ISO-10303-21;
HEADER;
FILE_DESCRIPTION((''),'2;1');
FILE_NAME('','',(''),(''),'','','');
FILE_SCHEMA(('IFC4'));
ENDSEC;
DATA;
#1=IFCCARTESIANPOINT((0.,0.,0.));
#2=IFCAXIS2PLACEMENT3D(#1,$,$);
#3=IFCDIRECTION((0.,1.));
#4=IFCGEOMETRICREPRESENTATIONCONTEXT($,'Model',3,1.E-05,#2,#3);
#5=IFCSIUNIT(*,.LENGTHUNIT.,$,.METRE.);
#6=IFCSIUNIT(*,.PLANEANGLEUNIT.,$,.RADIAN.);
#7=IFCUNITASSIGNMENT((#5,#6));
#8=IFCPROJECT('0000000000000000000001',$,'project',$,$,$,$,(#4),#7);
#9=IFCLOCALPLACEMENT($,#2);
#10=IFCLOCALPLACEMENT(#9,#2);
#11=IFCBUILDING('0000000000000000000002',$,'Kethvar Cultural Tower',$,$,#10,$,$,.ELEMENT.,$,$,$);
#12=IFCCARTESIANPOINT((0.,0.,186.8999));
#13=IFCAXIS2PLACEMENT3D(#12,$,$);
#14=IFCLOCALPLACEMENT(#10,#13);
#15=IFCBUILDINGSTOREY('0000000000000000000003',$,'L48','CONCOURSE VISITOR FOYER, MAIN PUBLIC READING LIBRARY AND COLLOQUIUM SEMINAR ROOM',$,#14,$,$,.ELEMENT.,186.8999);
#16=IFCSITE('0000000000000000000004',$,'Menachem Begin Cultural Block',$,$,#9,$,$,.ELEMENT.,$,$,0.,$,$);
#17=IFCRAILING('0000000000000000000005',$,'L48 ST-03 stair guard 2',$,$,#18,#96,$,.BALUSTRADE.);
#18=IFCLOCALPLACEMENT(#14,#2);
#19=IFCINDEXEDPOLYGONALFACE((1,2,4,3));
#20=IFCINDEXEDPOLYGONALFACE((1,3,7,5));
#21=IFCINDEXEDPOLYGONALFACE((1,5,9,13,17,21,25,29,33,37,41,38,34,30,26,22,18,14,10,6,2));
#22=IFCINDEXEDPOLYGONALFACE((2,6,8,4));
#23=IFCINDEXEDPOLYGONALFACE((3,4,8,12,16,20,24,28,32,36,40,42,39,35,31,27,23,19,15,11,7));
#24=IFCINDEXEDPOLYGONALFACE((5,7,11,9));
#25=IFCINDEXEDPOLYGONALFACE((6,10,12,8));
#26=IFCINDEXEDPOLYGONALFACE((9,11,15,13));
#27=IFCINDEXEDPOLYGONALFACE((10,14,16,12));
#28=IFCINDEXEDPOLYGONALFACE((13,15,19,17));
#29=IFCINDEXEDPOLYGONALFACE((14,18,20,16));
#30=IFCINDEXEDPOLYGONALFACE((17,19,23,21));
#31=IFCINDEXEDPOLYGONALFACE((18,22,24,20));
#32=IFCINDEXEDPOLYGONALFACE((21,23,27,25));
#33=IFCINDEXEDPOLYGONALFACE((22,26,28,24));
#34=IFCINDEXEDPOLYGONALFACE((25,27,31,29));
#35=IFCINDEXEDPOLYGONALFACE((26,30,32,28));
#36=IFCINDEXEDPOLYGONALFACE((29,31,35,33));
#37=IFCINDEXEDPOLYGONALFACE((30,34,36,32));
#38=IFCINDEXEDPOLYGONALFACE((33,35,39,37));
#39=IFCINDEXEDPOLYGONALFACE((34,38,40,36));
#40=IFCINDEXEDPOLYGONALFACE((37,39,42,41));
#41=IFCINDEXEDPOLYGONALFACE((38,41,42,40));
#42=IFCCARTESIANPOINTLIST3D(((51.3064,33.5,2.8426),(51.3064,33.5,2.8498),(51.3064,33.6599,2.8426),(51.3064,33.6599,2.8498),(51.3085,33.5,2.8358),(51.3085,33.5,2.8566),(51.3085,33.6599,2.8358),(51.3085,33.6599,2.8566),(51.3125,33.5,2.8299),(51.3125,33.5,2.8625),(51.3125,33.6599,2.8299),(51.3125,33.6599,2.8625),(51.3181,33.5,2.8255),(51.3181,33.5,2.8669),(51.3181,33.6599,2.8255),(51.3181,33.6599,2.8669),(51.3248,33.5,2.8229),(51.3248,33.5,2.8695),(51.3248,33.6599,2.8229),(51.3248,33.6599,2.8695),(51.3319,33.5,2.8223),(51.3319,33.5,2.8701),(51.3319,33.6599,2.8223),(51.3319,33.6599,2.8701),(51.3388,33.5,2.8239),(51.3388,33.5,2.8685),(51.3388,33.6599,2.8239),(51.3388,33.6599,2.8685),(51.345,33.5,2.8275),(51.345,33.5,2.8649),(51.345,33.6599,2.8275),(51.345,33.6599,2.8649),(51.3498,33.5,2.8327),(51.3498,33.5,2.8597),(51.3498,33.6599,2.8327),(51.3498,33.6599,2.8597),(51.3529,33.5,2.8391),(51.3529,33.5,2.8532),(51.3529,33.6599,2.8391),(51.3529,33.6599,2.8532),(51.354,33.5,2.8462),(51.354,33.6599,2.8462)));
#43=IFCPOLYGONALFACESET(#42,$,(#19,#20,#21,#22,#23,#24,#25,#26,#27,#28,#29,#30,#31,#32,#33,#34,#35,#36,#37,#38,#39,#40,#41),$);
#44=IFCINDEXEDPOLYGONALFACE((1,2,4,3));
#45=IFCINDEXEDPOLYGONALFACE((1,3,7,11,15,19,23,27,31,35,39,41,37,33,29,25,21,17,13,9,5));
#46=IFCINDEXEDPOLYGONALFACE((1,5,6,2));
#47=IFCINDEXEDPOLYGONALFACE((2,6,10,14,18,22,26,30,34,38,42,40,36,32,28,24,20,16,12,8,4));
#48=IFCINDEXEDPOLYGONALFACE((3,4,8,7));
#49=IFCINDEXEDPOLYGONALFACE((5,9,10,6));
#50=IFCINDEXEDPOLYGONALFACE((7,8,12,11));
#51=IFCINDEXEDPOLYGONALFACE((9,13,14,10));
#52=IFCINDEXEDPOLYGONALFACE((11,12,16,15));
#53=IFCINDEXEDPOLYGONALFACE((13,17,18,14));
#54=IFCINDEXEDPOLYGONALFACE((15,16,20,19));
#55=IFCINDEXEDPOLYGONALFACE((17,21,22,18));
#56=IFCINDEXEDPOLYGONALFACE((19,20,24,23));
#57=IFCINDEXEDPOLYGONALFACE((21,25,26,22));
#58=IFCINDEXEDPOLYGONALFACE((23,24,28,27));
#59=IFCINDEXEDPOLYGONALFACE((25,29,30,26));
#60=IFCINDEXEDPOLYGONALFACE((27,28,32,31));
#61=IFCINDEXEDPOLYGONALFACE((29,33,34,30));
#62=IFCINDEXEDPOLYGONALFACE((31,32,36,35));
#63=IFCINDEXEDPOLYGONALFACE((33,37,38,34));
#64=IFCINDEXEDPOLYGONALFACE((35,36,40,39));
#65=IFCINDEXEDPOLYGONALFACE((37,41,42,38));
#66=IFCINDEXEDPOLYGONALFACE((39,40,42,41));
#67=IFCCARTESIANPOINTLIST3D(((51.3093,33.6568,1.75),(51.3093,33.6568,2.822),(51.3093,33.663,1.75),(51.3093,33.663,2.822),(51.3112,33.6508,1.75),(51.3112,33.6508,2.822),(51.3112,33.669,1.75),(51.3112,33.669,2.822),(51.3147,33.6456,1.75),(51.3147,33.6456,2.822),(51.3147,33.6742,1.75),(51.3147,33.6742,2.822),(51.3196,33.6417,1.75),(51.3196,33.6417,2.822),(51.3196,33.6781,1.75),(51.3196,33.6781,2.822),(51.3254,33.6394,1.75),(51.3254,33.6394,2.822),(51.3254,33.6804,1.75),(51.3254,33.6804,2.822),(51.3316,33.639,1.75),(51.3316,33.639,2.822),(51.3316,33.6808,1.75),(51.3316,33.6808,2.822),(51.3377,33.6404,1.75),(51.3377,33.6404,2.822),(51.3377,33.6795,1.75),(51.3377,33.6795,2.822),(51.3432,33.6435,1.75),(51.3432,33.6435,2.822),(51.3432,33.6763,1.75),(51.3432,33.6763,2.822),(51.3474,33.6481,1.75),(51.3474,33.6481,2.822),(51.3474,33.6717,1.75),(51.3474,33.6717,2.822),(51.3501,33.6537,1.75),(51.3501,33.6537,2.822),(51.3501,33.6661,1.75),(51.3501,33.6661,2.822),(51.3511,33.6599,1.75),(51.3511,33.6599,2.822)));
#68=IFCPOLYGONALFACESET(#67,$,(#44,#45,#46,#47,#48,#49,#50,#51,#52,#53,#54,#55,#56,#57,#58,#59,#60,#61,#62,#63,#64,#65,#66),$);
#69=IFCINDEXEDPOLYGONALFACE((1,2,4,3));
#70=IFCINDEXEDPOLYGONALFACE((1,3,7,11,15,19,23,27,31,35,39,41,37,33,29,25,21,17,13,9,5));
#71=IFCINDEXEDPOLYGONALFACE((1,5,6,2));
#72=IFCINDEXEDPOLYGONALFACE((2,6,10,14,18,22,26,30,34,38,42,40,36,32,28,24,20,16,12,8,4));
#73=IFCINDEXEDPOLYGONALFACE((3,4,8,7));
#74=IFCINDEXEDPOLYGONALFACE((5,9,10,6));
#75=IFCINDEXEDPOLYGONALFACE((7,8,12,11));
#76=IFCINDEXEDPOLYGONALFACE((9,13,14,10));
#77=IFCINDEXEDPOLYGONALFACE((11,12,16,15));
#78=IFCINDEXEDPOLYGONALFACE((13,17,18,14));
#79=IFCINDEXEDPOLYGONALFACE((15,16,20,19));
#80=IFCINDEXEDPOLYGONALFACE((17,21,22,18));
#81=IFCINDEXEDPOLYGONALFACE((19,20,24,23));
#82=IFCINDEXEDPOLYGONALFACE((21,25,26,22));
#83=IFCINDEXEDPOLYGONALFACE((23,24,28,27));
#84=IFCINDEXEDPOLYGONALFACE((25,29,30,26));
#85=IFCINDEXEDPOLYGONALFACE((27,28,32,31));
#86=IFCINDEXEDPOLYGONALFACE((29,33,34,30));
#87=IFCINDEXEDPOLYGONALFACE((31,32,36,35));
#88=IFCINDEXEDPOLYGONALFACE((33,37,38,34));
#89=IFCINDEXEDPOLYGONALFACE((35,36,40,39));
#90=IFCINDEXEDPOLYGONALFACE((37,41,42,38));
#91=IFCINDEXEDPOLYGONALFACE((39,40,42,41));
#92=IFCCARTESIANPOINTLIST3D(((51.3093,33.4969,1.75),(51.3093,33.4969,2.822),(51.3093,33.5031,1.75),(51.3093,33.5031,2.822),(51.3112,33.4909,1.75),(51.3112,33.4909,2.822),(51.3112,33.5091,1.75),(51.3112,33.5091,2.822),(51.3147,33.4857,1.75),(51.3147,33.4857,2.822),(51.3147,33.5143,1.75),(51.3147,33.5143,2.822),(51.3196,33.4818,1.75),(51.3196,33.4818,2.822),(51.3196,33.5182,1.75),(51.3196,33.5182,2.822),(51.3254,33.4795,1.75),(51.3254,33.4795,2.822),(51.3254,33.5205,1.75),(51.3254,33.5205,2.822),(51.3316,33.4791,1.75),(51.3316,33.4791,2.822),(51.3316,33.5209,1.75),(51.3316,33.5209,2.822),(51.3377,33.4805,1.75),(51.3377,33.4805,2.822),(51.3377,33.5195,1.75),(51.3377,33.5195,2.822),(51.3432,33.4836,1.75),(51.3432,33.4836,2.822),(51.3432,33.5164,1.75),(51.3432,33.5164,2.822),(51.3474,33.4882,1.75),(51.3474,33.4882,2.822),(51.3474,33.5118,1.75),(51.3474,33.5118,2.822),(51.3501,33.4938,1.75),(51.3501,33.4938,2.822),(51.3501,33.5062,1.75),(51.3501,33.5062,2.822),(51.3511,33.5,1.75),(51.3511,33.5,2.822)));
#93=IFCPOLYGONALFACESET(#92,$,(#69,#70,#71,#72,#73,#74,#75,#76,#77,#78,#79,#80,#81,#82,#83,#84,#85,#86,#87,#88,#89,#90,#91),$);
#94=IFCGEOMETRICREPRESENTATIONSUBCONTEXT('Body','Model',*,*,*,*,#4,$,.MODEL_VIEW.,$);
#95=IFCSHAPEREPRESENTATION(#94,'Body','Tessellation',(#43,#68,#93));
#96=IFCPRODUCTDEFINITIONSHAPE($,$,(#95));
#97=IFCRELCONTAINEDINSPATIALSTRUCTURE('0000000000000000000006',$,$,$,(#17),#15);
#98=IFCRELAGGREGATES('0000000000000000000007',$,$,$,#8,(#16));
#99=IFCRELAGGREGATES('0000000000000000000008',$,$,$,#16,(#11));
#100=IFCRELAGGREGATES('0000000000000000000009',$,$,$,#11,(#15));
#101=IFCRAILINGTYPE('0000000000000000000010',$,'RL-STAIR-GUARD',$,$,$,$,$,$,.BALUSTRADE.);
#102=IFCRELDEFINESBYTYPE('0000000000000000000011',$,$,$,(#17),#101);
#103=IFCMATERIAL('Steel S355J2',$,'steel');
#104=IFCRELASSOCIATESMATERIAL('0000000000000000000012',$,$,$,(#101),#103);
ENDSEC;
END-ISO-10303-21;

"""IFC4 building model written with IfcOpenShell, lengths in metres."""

from ifc_helpers import new_model, si_unit, direction, frame, origin, origin_2d, place, context, subcontext, project, spatial, circle, extrude, material, type_object, element, save


model = new_model("IFC4")

# Units and contexts
model_context = context("Model", 3, precision=1e-05, world=origin(), true_north=direction((0.0, 1.0)))
body_context = subcontext(model_context, "Body", "Model", "MODEL_VIEW")
ifc_project = project(units=[si_unit("LENGTHUNIT", "METRE"), si_unit("PLANEANGLEUNIT", "RADIAN")], contexts=[model_context])

# Site, building, storey
site_placement = place(None, origin())
site = spatial("IfcSite", under=ifc_project, at=site_placement, Name="Menachem Begin Cultural Block", CompositionType="ELEMENT", RefElevation=0.0)
building_placement = place(site_placement, origin())
building = spatial("IfcBuilding", under=site, at=building_placement, Name="Kethvar Cultural Tower", CompositionType="ELEMENT")
storey_placement = place(building_placement, frame((0.0, 0.0, 186.8999)))
storey = spatial("IfcBuildingStorey", under=building, at=storey_placement, Name="L48", Description="CONCOURSE VISITOR FOYER, MAIN PUBLIC READING LIBRARY AND COLLOQUIUM SEMINAR ROOM", CompositionType="ELEMENT", Elevation=186.8999)

# Shared definitions
ifc_material_1 = material(Name="Steel S355J2", Category="steel")

# Railing
railing_type_1 = type_object("IfcRailingType", Name="RL-STAIR-GUARD", PredefinedType="BALUSTRADE", material=ifc_material_1)
railing_1_placement = place(storey_placement, frame((51.3301, 33.6599, 1.75)))
element("IfcRailing", 1, at=railing_1_placement, inside=storey, type_object=railing_type_1, Name="L48 ST-03 stair guard 2", PredefinedType="BALUSTRADE", context=body_context, shape_type="SweptSolid", body=[
    extrude(circle(Radius=0.0239, at=origin_2d()), frame((0.0, 0.0, 1.0962), z_axis=(0.0, -1.0, 0.0), x_axis=(1.0, 0.0, 0.0)), (0.0, 0.0, 1.0), 0.1599),
    extrude(circle(Radius=0.021, at=origin_2d()), origin(), (0.0, 0.0, 1.0), 1.072),
    extrude(circle(Radius=0.021, at=origin_2d()), frame((0.0, -0.1599, 0.0)), (0.0, 0.0, 1.0), 1.072),
])

save(model, "model.ifc")
